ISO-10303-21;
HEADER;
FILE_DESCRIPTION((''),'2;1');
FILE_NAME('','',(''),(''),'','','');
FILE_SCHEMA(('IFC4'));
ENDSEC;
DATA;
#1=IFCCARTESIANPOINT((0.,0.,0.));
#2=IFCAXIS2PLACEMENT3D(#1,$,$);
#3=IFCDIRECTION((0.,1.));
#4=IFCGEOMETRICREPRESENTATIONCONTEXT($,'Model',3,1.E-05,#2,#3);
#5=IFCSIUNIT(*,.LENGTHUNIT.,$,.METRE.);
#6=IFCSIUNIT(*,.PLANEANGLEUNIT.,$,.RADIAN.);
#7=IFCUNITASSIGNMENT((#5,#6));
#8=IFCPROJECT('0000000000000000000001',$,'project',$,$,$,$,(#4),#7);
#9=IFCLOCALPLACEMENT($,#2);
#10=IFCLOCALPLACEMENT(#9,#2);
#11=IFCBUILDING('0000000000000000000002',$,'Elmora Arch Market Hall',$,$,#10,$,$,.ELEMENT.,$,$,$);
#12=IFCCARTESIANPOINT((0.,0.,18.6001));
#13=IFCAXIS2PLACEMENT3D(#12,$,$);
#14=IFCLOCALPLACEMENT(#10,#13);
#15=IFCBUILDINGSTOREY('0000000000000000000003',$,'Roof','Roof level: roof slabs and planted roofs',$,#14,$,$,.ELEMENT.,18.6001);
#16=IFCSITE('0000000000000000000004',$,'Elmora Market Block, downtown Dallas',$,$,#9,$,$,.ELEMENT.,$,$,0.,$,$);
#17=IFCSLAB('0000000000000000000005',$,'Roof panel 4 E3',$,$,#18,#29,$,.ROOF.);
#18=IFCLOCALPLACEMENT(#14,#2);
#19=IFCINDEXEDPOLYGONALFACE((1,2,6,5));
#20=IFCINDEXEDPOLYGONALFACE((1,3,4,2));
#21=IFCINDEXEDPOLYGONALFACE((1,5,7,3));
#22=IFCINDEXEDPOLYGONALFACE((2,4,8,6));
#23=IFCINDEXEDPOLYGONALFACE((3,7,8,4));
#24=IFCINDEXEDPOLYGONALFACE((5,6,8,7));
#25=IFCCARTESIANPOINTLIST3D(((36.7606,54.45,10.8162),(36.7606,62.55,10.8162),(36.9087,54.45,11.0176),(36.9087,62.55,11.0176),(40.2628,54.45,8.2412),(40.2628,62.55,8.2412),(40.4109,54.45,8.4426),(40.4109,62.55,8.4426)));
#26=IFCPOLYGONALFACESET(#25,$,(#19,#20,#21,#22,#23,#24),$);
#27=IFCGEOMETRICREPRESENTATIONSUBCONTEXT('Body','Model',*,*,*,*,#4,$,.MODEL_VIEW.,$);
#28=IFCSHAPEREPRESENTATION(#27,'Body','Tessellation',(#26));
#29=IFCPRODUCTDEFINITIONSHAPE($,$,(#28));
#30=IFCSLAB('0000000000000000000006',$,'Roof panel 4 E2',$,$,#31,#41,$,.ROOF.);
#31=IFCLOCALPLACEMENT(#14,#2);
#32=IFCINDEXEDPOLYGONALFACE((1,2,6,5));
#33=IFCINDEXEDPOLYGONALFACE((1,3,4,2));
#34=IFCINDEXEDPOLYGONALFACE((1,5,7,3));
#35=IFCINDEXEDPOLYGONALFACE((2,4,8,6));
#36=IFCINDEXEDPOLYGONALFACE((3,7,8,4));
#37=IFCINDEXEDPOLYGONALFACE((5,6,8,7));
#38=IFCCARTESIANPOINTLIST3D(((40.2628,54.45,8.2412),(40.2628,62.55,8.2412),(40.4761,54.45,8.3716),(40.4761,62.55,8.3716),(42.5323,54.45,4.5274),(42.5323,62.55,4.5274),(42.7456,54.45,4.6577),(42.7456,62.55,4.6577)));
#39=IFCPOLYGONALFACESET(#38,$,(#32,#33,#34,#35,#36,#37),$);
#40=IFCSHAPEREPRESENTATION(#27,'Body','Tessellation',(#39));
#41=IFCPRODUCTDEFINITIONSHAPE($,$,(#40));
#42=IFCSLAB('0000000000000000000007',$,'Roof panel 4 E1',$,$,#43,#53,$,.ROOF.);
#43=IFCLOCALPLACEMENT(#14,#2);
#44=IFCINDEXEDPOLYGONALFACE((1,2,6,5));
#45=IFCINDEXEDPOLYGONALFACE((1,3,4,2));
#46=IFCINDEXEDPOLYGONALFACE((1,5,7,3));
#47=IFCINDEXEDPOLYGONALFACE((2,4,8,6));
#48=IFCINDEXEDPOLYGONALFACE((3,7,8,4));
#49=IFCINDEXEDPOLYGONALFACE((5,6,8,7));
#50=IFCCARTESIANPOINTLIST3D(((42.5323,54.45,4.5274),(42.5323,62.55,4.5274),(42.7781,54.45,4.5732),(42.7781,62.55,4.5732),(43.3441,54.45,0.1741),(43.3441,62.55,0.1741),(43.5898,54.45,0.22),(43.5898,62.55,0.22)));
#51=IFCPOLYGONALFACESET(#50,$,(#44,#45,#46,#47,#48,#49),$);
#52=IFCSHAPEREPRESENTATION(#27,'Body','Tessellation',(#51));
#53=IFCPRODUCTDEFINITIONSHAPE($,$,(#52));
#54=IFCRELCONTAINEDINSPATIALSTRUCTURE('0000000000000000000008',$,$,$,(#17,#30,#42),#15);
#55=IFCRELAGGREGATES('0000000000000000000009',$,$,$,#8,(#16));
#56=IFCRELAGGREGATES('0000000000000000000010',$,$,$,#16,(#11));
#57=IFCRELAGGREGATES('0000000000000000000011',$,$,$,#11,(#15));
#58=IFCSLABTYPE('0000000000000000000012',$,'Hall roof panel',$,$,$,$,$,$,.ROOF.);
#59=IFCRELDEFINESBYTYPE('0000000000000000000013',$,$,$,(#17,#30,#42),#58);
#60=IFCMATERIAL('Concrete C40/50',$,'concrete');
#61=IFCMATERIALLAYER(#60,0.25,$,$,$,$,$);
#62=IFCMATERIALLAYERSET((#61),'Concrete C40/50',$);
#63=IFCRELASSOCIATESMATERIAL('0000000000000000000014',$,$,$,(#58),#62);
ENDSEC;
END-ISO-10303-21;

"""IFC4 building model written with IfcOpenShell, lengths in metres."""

from ifc_helpers import new_model, si_unit, direction, frame, origin, place, context, subcontext, project, spatial, polyline, outline, extrude, material, layer, layer_set, type_object, element, save


model = new_model("IFC4")

# Units and contexts
model_context = context("Model", 3, precision=1e-05, world=origin(), true_north=direction((0.0, 1.0)))
body_context = subcontext(model_context, "Body", "Model", "MODEL_VIEW")
ifc_project = project(units=[si_unit("LENGTHUNIT", "METRE"), si_unit("PLANEANGLEUNIT", "RADIAN")], contexts=[model_context])

# Site, building, storey
site_placement = place(None, origin())
site = spatial("IfcSite", under=ifc_project, at=site_placement, Name="Elmora Market Block, downtown Dallas", CompositionType="ELEMENT", RefElevation=0.0)
building_placement = place(site_placement, origin())
building = spatial("IfcBuilding", under=site, at=building_placement, Name="Elmora Arch Market Hall", CompositionType="ELEMENT")
storey_placement = place(building_placement, frame((0.0, 0.0, 18.6001)))
storey = spatial("IfcBuildingStorey", under=building, at=storey_placement, Name="Roof", Description="Roof level: roof slabs and planted roofs", CompositionType="ELEMENT", Elevation=18.6001)

# Slabs
ifc_material_1 = material(Name="Concrete C40/50", Category="concrete")
ifc_layer_1 = layer(ifc_material_1, 0.25)
ifc_layer_set_1 = layer_set([ifc_layer_1], Name="Concrete C40/50")
slab_type = type_object("IfcSlabType", Name="Hall roof panel", PredefinedType="ROOF", material=ifc_layer_set_1)
slab_1_placement = place(storey_placement, frame((36.9087, 54.45, 11.0176), z_axis=(0.592362, 0.0, 0.805672), x_axis=(0.0, 1.0, 0.0)))
element("IfcSlab", 1, at=slab_1_placement, inside=storey, type_object=slab_type, Name="Roof panel 4 E3", PredefinedType="ROOF", context=body_context, shape_type="SweptSolid", body=[
    extrude(outline(polyline([(0.0, 0.0), (8.1001, 0.0), (8.1001, -4.3469), (0.0, -4.3469), (0.0, 0.0)])), origin(), (0.0, 0.0, -1.0), 0.25),
])
slab_2_placement = place(storey_placement, frame((40.4761, 54.45, 8.3716), z_axis=(0.853287, 0.0, 0.521441), x_axis=(0.0, 1.0, 0.0)))
element("IfcSlab", 2, at=slab_2_placement, inside=storey, type_object=slab_type, Name="Roof panel 4 E2", PredefinedType="ROOF", context=body_context, shape_type="SweptSolid", body=[
    extrude(outline(polyline([(0.0, 0.0), (8.1001, 0.0), (8.1001, -4.3524), (0.0, -4.3524), (0.0, 0.0)])), origin(), (0.0, 0.0, -1.0), 0.25),
])
slab_3_placement = place(storey_placement, frame((42.7781, 54.45, 4.5732), z_axis=(0.983055, 0.0, 0.183313), x_axis=(0.0, 1.0, 0.0)))
element("IfcSlab", 3, at=slab_3_placement, inside=storey, type_object=slab_type, Name="Roof panel 4 E1", PredefinedType="ROOF", context=body_context, shape_type="SweptSolid", body=[
    extrude(outline(polyline([(0.0, 0.0), (8.1001, 0.0), (8.1001, -4.4283), (0.0, -4.4283), (0.0, 0.0)])), origin(), (0.0, 0.0, -1.0), 0.25),
])

save(model, "model.ifc")
